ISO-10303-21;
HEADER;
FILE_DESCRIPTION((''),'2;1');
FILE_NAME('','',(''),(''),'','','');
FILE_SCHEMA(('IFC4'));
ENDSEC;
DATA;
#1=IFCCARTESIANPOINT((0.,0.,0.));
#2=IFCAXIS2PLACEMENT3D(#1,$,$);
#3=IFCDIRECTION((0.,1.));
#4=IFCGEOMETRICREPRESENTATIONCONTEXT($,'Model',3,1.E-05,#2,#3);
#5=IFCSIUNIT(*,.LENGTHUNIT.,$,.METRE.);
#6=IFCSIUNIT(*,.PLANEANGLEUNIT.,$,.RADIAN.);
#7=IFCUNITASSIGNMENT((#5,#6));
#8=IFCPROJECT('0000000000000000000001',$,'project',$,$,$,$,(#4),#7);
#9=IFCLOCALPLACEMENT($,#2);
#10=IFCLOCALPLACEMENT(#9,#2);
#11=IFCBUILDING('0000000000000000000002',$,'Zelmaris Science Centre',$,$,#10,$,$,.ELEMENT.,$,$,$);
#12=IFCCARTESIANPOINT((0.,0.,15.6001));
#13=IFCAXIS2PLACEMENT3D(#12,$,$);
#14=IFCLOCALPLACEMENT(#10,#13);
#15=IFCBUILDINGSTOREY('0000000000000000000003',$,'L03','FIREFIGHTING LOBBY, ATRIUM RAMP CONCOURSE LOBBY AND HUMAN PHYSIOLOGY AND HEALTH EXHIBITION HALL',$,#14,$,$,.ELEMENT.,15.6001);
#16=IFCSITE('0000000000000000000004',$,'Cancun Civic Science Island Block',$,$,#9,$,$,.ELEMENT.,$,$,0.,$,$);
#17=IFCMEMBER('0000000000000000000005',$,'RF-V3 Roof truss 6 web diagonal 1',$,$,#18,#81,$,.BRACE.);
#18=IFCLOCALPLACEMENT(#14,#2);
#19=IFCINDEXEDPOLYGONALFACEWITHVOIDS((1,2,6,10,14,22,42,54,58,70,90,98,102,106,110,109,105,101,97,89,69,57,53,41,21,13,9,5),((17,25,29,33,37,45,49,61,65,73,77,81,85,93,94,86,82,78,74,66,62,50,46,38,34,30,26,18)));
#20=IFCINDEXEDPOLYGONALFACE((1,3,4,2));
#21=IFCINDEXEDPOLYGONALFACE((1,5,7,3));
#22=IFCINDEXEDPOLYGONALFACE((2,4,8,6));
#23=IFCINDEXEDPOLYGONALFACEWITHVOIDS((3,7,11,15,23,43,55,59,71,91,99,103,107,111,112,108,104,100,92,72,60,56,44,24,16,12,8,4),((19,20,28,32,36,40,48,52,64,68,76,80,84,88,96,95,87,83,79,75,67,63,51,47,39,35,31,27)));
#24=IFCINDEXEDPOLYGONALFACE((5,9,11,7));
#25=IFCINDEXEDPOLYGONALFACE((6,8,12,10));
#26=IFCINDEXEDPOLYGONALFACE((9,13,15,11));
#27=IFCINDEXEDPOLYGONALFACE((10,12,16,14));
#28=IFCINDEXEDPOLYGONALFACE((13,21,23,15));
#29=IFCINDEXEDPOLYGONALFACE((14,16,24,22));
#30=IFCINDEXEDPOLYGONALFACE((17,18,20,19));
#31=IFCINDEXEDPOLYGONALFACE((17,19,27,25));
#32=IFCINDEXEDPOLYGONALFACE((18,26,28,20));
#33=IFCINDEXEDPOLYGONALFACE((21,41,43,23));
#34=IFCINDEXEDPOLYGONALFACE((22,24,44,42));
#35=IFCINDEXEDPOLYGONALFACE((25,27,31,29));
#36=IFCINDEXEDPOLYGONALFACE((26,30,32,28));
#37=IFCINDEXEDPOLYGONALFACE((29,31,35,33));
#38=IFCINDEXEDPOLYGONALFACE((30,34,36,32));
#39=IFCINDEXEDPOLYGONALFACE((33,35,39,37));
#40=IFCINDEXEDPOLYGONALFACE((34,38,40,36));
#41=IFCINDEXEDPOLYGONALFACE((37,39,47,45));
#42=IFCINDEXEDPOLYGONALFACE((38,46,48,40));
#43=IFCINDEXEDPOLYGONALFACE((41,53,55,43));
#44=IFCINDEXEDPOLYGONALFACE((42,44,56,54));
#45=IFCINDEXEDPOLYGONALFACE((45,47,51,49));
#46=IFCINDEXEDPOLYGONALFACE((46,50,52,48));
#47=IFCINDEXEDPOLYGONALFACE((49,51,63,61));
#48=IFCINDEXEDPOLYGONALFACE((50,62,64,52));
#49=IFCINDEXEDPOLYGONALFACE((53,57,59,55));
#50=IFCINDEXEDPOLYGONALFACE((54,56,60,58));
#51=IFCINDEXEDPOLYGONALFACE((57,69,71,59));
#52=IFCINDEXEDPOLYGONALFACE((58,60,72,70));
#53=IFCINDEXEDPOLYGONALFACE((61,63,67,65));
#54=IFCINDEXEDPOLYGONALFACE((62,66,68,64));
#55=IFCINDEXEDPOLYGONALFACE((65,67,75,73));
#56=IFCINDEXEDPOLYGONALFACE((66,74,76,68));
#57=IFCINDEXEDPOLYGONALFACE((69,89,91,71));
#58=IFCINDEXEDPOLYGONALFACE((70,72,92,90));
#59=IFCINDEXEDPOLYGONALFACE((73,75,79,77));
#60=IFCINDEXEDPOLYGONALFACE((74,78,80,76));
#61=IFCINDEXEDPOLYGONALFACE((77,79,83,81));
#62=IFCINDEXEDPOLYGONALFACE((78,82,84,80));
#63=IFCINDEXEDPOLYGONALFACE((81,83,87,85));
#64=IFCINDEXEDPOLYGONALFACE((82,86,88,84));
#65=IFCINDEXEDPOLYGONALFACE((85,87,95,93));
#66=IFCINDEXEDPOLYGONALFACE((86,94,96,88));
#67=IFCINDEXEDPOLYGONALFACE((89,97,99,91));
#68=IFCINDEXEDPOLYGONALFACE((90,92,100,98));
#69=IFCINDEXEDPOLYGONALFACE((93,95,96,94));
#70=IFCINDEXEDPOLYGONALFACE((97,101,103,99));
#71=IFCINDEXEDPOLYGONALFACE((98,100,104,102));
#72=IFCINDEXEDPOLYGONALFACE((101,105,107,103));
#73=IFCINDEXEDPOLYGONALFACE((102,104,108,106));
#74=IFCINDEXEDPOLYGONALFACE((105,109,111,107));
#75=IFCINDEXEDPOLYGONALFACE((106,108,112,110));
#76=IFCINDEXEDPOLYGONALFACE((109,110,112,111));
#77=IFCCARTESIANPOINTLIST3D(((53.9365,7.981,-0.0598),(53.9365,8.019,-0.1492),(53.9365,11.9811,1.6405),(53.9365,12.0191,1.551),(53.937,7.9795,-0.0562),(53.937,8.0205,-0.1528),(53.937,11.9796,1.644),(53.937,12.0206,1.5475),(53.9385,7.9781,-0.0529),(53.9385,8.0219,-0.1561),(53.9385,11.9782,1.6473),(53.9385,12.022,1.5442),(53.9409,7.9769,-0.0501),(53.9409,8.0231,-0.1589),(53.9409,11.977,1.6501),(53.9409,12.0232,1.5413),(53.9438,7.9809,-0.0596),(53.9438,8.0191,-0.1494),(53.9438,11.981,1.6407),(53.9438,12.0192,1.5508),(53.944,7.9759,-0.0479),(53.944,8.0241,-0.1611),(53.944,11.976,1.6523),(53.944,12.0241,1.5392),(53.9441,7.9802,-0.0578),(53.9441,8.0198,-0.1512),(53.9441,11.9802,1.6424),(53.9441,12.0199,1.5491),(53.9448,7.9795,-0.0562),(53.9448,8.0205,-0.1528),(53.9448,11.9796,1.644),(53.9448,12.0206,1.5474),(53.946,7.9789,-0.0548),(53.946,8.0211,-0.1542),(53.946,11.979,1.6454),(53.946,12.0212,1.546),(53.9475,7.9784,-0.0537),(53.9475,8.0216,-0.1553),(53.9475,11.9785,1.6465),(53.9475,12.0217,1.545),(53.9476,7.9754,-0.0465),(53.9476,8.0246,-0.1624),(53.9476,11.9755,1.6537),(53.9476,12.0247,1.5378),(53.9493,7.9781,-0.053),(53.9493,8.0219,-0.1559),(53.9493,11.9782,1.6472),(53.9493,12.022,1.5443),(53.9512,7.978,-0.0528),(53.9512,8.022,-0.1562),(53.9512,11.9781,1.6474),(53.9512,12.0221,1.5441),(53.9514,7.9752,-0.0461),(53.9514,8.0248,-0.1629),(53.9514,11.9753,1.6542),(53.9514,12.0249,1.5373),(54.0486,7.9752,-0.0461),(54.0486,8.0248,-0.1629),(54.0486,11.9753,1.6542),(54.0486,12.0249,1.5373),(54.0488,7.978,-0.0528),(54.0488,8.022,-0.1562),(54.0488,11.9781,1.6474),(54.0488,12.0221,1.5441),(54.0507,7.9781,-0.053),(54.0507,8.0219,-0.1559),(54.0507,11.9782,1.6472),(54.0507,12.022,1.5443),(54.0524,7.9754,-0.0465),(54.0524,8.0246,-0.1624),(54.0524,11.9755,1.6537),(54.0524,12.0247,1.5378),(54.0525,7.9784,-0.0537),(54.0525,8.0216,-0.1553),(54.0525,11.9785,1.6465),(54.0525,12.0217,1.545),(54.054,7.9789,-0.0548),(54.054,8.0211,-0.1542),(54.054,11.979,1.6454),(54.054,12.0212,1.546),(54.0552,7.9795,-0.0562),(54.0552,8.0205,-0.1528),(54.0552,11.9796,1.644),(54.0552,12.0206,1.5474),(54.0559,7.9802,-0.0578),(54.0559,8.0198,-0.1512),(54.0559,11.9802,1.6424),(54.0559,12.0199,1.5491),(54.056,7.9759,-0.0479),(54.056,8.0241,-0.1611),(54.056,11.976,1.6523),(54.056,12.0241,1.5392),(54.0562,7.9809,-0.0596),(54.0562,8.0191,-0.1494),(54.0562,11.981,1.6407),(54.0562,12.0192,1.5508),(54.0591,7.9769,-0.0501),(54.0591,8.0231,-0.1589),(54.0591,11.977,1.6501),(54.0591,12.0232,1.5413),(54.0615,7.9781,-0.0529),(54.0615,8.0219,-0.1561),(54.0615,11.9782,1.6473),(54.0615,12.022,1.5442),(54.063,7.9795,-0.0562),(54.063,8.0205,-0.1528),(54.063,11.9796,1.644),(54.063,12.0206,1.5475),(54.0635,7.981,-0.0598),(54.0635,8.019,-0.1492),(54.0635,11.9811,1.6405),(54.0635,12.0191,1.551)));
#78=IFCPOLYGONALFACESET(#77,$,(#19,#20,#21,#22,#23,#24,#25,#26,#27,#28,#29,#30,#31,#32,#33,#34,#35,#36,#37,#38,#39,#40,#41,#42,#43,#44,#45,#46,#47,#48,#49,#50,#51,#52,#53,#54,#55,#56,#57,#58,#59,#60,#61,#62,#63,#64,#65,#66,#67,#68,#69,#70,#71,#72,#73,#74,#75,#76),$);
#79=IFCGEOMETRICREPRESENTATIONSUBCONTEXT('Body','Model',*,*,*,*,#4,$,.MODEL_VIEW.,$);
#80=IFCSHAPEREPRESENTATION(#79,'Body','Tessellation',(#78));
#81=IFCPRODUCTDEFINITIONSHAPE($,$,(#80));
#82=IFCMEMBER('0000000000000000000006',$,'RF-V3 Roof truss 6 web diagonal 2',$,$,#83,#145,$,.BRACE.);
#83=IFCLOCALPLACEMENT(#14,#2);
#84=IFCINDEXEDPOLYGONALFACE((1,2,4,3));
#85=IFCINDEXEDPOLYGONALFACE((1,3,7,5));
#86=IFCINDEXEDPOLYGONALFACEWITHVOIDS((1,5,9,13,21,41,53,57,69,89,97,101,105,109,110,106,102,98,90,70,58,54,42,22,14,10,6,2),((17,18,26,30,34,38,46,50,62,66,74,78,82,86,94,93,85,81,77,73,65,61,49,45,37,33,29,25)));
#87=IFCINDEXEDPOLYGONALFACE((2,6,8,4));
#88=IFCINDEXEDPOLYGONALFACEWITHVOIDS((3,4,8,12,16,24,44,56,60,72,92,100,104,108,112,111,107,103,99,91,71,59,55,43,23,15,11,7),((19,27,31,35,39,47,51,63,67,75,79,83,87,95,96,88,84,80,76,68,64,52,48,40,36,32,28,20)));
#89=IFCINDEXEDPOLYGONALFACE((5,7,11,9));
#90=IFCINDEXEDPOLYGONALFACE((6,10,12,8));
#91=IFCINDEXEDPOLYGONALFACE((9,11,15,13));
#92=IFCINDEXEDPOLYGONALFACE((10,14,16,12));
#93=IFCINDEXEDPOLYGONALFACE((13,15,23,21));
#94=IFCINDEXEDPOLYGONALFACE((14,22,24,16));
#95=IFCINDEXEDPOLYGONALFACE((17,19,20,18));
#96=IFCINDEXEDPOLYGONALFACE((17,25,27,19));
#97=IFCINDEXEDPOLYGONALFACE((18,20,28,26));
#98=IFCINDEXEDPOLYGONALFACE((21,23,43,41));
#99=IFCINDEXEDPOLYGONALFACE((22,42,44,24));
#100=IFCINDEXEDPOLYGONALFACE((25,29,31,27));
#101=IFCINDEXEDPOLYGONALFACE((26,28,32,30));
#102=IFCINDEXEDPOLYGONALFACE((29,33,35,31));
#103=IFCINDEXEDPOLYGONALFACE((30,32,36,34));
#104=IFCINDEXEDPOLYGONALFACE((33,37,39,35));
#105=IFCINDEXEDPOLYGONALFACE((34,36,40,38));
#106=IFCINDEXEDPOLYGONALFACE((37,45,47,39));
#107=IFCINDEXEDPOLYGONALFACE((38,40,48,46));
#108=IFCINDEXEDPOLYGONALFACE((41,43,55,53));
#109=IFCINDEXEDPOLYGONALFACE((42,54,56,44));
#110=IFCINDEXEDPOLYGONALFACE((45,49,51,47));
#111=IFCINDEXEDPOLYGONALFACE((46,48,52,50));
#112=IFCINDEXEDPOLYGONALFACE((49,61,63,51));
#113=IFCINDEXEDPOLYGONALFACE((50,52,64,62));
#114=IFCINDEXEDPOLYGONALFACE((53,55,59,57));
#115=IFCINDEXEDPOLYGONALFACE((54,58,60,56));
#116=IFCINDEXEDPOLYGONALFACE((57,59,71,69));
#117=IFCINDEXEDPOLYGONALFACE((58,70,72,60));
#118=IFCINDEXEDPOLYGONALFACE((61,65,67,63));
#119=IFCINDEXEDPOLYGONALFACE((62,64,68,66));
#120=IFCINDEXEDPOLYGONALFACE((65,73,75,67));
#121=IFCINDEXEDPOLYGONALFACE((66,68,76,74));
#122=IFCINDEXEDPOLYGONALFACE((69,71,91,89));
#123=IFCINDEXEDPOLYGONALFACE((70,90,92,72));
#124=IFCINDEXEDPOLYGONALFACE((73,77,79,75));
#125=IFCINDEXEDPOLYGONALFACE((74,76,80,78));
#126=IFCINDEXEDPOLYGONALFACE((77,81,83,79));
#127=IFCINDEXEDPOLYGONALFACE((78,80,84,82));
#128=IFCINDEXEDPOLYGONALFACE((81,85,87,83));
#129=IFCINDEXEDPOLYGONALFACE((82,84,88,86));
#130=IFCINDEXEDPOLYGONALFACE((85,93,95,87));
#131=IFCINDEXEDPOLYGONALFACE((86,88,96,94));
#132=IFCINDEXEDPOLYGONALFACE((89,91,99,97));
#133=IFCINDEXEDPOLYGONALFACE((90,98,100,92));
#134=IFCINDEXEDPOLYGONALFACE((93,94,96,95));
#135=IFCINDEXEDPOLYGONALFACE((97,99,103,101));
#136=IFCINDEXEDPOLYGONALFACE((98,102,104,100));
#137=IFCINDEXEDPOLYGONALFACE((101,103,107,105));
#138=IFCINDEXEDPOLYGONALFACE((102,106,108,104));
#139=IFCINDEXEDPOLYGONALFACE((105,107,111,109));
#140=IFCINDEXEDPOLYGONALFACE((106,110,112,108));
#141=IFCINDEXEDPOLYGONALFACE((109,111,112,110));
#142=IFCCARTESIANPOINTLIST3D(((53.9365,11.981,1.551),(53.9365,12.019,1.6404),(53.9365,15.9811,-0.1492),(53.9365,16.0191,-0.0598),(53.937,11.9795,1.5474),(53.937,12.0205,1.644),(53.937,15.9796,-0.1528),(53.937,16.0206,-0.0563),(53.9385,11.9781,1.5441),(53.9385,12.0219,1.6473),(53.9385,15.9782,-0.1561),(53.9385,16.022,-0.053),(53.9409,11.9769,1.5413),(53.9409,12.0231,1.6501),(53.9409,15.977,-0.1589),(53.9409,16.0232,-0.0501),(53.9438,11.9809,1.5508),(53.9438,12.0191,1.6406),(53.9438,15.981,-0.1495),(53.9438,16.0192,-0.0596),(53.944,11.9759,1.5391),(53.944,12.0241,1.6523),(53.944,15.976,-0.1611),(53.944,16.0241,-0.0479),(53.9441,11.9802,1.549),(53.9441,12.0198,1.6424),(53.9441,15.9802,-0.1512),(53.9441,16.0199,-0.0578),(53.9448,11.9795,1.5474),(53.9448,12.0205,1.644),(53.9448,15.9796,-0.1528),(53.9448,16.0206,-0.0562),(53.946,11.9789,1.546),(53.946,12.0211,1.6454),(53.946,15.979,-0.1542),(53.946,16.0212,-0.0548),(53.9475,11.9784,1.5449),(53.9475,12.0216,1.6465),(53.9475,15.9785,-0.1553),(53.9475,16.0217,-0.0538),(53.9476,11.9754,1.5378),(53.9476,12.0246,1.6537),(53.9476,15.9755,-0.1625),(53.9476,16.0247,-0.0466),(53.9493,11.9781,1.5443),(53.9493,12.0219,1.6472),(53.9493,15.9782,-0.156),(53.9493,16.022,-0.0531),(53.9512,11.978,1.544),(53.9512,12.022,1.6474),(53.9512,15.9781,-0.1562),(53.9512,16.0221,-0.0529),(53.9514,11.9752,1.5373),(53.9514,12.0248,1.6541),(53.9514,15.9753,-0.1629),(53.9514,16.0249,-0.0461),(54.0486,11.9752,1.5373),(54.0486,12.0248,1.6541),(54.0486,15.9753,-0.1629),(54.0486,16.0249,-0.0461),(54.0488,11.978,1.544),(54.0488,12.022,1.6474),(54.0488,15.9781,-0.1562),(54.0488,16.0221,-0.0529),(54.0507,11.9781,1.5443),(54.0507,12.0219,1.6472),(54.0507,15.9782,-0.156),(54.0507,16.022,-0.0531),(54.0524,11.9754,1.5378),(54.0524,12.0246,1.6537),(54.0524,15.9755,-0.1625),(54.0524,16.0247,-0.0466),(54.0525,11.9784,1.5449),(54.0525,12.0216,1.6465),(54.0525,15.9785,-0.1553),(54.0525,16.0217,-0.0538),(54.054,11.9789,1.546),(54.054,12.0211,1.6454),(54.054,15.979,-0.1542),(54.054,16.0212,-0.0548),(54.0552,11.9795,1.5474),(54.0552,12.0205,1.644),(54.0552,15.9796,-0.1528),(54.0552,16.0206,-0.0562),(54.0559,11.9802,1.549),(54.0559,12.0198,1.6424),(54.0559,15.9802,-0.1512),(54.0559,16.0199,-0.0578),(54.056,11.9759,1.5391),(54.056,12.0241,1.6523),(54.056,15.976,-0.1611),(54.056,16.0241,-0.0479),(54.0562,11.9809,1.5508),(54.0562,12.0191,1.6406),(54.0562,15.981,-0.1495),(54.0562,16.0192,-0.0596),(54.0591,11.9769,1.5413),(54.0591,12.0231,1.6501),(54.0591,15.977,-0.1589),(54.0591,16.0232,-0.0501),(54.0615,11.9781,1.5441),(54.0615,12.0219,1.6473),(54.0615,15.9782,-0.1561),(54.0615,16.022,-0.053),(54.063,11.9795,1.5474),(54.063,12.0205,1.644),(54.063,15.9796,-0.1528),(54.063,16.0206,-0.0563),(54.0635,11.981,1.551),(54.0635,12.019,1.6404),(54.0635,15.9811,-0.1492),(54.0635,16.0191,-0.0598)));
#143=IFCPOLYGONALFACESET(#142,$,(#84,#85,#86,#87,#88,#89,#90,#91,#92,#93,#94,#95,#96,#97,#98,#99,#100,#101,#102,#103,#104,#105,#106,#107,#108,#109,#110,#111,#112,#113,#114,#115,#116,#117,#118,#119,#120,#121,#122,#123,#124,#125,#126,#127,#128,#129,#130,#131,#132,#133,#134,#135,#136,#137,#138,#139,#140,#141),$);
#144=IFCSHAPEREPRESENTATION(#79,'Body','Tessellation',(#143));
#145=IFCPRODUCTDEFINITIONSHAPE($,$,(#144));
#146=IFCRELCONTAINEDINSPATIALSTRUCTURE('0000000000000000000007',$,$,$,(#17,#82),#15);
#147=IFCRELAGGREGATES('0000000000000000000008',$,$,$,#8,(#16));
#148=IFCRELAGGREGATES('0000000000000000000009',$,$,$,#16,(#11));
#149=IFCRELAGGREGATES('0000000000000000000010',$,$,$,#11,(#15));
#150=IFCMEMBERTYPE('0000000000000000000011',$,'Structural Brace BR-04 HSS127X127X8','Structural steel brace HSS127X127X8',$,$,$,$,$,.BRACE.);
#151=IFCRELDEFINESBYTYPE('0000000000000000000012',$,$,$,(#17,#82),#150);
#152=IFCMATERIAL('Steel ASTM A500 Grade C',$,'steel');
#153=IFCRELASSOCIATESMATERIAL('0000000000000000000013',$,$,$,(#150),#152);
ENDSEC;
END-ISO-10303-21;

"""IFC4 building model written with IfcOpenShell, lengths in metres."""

from ifc_helpers import new_model, si_unit, direction, frame, origin, origin_2d, place, context, subcontext, project, spatial, hollow_rectangle, extrude, material, material_profile, profile_set, type_object, element, save


model = new_model("IFC4")

# Units and contexts
model_context = context("Model", 3, precision=1e-05, world=origin(), true_north=direction((0.0, 1.0)))
body_context = subcontext(model_context, "Body", "Model", "MODEL_VIEW")
ifc_project = project(units=[si_unit("LENGTHUNIT", "METRE"), si_unit("PLANEANGLEUNIT", "RADIAN")], contexts=[model_context])

# Site, building, storey
site_placement = place(None, origin())
site = spatial("IfcSite", under=ifc_project, at=site_placement, Name="Cancun Civic Science Island Block", CompositionType="ELEMENT", RefElevation=0.0)
building_placement = place(site_placement, origin())
building = spatial("IfcBuilding", under=site, at=building_placement, Name="Zelmaris Science Centre", CompositionType="ELEMENT")
storey_placement = place(building_placement, frame((0.0, 0.0, 15.6001)))
storey = spatial("IfcBuildingStorey", under=building, at=storey_placement, Name="L03", Description="FIREFIGHTING LOBBY, ATRIUM RAMP CONCOURSE LOBBY AND HUMAN PHYSIOLOGY AND HEALTH EXHIBITION HALL", CompositionType="ELEMENT", Elevation=15.6001)

# Shared definitions
ifc_material = material(Name="Steel ASTM A500 Grade C", Category="steel")

# Members
ifc_material_profile_1 = material_profile(ifc_material, hollow_rectangle(XDim=0.127, YDim=0.127, WallThickness=0.0073, InnerFilletRadius=0.0073, OuterFilletRadius=0.0149, at=origin_2d()), Name="HSS127X127X8")
ifc_profile_set_1 = profile_set([ifc_material_profile_1], Name="Steel ASTM A500 Grade C")
member_type_1 = type_object("IfcMemberType", Name="Structural Brace BR-04 HSS127X127X8", Description="Structural steel brace HSS127X127X8", PredefinedType="BRACE", material=ifc_profile_set_1)
for number, where, z_axis, x_axis, name in (
    (1, (54.0, 8.0, -0.1045), (0.0, 0.920315, 0.391179), (-1.0, 0.0, 0.0), "RF-V3 Roof truss 6 web diagonal 1"),
    (2, (54.0, 12.0, 1.5957), (0.0, 0.920315, -0.391179), (-1.0, 0.0, 0.0), "RF-V3 Roof truss 6 web diagonal 2"),
):
    element("IfcMember", number, at=place(storey_placement, frame(where, z_axis=z_axis, x_axis=x_axis)), inside=storey, type_object=member_type_1, Name=name, PredefinedType="BRACE", context=body_context, shape_type="SweptSolid", body=[
        extrude(hollow_rectangle(XDim=0.127, YDim=0.127, WallThickness=0.0073, InnerFilletRadius=0.0073, OuterFilletRadius=0.0149, at=origin_2d()), origin(), (0.0, 0.0, 1.0), 4.3464),
    ])

save(model, "model.ifc")
